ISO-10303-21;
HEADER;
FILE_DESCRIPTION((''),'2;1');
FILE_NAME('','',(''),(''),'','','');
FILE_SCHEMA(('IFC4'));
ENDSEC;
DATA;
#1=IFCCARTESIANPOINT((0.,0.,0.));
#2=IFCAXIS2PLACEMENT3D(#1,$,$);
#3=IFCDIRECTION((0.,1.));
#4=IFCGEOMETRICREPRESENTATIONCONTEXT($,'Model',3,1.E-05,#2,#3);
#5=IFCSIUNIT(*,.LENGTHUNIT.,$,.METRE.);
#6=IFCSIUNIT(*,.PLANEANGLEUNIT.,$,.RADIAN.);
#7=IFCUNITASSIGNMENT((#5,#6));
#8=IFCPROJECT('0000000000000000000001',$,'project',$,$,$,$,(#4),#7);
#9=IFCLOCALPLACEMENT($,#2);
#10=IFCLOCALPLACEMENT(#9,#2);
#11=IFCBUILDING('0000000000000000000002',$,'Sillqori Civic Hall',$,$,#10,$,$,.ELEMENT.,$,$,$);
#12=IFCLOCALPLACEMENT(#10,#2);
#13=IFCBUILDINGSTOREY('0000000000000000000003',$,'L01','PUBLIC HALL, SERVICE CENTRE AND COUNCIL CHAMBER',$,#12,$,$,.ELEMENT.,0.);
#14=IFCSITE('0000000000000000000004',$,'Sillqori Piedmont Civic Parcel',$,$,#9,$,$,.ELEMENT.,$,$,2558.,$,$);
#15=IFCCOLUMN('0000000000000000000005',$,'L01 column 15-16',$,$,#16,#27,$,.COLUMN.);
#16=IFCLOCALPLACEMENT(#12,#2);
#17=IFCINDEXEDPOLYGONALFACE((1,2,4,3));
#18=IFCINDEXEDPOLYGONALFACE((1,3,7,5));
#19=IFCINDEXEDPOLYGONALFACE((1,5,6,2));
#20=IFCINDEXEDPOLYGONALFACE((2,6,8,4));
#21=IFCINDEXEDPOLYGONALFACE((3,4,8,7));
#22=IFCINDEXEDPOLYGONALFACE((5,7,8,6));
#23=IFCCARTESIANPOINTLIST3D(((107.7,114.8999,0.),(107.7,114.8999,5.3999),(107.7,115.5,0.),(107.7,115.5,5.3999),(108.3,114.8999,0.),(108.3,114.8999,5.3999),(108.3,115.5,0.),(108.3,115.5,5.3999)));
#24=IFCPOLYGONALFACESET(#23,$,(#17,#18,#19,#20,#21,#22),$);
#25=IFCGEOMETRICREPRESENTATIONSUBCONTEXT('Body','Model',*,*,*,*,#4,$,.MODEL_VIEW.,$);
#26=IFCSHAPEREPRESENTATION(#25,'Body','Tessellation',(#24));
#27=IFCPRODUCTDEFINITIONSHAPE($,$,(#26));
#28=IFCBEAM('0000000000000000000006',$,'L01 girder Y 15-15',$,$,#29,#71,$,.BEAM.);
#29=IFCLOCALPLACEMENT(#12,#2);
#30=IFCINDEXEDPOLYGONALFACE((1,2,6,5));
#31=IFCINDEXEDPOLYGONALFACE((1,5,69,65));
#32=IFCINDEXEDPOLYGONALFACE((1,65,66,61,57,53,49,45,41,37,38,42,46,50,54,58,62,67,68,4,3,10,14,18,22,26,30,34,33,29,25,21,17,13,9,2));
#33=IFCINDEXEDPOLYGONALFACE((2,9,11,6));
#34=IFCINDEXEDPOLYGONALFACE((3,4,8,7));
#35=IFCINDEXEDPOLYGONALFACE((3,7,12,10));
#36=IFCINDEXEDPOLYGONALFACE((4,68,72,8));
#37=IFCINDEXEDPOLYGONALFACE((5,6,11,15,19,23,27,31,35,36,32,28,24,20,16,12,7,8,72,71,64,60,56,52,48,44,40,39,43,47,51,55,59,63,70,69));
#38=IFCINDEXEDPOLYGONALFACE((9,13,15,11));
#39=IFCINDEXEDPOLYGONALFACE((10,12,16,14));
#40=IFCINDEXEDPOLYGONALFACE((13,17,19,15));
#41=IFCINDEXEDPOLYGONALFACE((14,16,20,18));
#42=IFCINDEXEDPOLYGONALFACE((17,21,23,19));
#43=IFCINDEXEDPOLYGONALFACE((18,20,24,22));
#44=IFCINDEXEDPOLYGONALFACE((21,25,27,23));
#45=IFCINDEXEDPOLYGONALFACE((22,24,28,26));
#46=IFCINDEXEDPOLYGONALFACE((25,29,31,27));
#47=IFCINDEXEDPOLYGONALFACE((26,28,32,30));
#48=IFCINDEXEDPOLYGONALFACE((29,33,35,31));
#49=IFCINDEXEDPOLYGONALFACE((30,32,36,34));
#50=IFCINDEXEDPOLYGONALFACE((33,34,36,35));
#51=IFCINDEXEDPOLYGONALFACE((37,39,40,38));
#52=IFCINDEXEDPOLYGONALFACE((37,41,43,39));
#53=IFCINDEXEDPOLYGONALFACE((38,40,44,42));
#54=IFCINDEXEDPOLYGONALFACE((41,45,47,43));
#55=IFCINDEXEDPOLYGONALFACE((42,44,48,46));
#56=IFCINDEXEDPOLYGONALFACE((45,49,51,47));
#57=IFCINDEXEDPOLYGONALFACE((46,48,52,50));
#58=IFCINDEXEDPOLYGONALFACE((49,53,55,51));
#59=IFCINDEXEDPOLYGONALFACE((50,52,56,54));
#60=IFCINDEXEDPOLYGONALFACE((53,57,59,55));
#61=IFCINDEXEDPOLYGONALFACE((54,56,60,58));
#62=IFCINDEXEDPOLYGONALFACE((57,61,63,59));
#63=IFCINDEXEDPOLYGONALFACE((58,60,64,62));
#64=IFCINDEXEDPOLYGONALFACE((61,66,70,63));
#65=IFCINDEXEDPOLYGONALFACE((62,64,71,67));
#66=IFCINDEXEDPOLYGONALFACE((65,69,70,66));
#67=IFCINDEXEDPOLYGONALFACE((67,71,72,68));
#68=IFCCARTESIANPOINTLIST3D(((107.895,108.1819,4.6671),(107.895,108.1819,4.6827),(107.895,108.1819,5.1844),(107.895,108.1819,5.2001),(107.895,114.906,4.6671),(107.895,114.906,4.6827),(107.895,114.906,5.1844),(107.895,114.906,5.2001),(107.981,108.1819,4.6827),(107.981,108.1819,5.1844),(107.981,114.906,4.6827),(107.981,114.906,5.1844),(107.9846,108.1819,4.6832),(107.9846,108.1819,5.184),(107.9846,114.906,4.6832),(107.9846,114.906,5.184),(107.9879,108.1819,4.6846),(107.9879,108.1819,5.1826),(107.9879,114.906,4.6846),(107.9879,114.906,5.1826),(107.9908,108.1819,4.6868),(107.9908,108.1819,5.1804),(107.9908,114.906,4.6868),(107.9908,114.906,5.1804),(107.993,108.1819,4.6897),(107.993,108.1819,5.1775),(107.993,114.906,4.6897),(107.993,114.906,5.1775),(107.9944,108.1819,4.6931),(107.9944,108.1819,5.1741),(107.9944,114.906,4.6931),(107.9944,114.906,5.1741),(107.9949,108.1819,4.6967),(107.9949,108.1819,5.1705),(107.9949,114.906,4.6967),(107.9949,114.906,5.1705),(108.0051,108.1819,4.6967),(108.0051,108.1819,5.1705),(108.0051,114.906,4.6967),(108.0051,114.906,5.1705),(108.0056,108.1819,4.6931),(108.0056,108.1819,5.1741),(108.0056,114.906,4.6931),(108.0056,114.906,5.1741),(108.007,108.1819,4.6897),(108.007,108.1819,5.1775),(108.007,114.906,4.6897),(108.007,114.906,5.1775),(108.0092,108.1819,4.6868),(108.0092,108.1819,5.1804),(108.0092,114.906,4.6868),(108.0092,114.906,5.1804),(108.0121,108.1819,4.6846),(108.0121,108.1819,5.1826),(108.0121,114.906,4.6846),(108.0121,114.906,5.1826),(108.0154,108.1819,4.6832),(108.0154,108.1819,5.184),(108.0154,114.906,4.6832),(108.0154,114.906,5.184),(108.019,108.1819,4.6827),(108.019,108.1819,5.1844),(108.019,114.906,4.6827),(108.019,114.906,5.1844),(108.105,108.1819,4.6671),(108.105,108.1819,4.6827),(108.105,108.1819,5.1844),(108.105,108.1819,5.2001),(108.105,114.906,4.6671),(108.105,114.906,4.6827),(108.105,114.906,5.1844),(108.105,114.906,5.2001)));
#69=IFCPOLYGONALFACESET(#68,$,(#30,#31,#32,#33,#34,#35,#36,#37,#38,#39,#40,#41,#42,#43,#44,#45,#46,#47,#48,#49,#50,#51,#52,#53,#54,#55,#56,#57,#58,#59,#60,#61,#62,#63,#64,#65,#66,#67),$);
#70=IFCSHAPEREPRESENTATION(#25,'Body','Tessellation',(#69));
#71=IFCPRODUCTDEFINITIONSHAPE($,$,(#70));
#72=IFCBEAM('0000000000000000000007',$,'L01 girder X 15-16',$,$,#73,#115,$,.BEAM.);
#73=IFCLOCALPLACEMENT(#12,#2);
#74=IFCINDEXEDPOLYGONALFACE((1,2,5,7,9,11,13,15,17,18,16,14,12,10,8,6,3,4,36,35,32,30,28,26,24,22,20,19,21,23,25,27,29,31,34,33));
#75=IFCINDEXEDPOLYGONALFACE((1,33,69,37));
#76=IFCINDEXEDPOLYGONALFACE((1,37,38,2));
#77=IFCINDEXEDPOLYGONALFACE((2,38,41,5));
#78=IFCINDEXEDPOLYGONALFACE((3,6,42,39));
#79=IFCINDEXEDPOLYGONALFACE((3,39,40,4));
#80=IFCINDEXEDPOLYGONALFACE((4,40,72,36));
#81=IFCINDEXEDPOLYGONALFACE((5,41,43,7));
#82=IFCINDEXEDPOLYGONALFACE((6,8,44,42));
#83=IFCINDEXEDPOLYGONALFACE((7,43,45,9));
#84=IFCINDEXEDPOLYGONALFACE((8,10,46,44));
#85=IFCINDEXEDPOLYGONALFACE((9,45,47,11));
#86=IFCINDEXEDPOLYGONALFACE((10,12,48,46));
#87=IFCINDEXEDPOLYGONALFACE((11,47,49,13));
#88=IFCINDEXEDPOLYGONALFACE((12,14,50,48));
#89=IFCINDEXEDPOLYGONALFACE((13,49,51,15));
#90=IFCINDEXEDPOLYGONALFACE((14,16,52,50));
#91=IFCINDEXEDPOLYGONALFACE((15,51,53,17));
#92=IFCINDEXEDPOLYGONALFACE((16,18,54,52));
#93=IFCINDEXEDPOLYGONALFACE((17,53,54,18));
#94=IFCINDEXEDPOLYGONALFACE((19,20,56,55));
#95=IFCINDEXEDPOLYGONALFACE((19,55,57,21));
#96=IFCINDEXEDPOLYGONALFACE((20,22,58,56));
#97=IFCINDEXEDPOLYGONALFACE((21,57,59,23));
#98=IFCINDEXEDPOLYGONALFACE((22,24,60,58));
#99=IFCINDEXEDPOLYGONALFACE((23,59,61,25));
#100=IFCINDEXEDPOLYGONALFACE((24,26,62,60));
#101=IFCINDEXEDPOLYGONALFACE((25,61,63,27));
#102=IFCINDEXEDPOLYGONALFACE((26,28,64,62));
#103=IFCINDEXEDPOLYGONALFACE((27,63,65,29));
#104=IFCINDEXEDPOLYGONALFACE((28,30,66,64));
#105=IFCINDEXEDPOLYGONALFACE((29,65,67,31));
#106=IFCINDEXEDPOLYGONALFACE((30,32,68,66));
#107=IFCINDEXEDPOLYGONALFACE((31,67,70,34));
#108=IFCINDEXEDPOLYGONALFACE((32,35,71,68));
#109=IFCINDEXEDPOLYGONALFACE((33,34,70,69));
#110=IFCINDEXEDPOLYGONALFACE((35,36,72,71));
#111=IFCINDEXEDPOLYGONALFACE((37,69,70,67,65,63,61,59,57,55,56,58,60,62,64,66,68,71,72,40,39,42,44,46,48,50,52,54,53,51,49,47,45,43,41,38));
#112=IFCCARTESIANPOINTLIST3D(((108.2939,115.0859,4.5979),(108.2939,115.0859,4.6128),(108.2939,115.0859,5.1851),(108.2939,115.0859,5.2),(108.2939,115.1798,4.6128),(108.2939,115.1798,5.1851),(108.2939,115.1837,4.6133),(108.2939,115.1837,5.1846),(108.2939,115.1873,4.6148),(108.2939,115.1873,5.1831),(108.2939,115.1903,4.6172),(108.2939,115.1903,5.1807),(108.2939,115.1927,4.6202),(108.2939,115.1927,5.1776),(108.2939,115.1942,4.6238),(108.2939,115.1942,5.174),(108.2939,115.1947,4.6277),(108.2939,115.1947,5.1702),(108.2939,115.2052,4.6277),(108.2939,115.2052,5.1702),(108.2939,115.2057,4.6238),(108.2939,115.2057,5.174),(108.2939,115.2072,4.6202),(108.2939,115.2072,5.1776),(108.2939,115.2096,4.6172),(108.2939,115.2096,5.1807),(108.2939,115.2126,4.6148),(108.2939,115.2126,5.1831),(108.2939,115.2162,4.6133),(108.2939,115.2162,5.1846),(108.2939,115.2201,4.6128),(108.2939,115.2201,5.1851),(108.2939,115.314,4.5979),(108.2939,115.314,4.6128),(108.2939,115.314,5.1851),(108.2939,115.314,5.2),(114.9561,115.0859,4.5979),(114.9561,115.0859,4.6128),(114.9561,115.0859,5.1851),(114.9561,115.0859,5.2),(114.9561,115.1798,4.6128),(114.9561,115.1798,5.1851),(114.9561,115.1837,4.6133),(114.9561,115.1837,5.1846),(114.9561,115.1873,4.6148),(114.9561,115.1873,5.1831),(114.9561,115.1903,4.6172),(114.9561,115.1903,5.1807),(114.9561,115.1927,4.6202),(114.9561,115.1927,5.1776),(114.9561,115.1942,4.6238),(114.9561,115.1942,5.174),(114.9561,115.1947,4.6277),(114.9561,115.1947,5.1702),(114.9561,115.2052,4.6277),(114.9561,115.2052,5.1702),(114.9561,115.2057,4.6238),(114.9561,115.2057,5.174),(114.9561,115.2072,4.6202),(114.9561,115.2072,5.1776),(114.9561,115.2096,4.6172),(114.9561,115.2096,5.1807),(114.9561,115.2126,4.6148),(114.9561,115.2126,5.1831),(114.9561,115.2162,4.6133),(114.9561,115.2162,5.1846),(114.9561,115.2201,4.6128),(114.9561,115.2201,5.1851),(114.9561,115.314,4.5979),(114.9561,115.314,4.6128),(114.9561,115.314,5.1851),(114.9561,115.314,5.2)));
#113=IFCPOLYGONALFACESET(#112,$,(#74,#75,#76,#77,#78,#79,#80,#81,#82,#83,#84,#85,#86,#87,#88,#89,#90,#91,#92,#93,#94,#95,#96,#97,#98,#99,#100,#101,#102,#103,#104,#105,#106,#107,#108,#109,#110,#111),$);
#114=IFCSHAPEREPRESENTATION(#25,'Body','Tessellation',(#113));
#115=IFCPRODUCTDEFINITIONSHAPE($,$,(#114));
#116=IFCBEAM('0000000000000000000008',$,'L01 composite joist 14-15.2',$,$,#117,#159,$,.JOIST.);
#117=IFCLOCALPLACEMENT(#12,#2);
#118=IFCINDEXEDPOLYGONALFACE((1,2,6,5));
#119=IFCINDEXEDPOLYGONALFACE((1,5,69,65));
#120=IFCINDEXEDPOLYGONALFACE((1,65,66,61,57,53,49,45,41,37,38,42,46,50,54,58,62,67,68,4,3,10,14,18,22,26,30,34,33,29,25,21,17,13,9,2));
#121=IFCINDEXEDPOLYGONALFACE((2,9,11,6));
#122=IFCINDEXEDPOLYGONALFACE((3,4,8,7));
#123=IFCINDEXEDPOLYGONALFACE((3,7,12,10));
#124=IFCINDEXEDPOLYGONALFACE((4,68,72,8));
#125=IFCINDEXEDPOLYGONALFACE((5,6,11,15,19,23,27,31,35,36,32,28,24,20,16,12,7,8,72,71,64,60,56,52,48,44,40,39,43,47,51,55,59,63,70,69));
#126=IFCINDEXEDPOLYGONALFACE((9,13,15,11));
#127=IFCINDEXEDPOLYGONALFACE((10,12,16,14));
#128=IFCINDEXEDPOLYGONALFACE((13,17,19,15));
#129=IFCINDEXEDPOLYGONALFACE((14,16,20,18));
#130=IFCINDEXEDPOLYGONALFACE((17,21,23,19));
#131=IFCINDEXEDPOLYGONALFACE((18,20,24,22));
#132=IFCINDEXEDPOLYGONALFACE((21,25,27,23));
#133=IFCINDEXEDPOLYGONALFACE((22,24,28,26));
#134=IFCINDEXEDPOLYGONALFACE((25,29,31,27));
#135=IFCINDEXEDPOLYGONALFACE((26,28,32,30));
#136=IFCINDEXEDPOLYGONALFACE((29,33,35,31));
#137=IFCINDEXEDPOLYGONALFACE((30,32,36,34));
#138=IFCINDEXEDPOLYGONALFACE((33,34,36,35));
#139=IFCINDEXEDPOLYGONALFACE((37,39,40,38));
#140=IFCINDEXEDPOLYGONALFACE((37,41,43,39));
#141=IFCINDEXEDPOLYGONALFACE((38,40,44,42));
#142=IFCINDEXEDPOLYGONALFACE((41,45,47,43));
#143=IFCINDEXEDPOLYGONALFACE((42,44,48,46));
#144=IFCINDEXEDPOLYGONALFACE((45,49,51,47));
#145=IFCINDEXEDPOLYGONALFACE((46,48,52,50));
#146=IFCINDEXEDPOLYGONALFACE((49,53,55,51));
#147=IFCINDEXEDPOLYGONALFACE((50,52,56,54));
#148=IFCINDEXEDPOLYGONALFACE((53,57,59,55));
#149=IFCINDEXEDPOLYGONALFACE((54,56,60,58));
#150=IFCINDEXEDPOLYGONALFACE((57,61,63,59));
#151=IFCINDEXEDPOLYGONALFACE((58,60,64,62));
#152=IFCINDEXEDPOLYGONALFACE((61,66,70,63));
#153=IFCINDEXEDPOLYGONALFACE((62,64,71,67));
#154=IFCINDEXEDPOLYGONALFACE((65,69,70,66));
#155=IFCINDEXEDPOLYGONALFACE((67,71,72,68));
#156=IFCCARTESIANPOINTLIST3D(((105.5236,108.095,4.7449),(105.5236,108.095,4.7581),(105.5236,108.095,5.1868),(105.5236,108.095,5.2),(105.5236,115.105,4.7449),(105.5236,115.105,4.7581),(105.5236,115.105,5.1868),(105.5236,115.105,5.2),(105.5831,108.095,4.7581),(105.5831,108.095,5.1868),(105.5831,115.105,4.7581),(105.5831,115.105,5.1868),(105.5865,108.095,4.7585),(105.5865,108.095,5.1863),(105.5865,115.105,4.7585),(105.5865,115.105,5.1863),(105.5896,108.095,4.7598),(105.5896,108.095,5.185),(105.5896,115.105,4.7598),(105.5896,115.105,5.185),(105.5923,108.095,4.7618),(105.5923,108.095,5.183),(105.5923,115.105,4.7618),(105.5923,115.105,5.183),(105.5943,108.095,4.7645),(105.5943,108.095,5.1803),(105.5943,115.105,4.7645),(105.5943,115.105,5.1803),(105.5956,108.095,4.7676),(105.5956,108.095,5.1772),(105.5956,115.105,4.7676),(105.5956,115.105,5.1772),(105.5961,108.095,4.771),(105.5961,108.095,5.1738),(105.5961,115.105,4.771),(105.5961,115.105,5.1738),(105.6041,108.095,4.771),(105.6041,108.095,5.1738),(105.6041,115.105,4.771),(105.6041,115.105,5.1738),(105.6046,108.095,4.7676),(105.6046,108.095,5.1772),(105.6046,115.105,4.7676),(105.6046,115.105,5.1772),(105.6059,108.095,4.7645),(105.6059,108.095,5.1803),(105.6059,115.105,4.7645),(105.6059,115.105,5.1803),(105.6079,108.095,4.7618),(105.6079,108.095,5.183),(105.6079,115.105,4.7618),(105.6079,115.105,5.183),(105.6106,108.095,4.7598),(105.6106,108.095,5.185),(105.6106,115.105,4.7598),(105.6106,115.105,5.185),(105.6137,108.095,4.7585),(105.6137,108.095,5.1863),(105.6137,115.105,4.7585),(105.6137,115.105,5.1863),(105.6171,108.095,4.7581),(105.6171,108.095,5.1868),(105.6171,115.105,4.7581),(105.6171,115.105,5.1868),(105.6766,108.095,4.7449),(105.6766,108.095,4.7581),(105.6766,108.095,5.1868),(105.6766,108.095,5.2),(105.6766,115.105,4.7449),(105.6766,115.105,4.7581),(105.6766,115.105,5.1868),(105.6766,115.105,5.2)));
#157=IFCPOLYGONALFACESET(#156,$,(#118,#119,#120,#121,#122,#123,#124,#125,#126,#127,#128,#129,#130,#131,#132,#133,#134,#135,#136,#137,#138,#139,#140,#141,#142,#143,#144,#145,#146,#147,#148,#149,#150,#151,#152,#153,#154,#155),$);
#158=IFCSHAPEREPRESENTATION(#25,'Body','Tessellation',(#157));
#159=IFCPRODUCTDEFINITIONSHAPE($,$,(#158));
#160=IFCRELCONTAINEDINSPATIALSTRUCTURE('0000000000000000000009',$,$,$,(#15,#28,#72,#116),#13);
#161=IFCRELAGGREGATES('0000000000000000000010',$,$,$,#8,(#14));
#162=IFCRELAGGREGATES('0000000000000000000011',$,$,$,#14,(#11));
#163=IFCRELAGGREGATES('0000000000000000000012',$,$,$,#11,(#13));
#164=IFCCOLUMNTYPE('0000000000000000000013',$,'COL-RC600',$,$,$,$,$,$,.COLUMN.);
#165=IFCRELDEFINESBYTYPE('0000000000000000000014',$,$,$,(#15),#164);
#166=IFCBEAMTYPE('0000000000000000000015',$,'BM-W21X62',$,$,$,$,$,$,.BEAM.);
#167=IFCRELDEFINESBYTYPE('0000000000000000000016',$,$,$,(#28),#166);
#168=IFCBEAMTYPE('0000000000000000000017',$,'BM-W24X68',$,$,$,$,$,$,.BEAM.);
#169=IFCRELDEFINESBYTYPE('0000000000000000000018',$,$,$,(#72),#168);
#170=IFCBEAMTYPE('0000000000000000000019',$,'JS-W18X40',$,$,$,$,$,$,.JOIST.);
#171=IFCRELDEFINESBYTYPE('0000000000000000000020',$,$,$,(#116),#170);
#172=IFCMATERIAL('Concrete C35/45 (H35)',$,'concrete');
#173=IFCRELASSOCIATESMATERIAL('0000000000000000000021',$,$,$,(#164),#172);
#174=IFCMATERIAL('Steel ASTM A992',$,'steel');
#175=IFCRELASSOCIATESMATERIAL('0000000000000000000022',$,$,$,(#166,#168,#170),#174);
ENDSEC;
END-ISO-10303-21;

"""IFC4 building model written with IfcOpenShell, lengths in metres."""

from ifc_helpers import new_model, si_unit, direction, frame, origin, origin_2d, place, context, subcontext, project, spatial, rectangle, i_section, extrude, material, material_profile, profile_set, type_object, element, save


model = new_model("IFC4")

# Units and contexts
model_context = context("Model", 3, precision=1e-05, world=origin(), true_north=direction((0.0, 1.0)))
body_context = subcontext(model_context, "Body", "Model", "MODEL_VIEW")
ifc_project = project(units=[si_unit("LENGTHUNIT", "METRE"), si_unit("PLANEANGLEUNIT", "RADIAN")], contexts=[model_context])

# Site, building, storey
site_placement = place(None, origin())
site = spatial("IfcSite", under=ifc_project, at=site_placement, Name="Sillqori Piedmont Civic Parcel", CompositionType="ELEMENT", RefElevation=2558.0)
building_placement = place(site_placement, origin())
building = spatial("IfcBuilding", under=site, at=building_placement, Name="Sillqori Civic Hall", CompositionType="ELEMENT")
storey_placement = place(building_placement, origin())
storey = spatial("IfcBuildingStorey", under=building, at=storey_placement, Name="L01", Description="PUBLIC HALL, SERVICE CENTRE AND COUNCIL CHAMBER", CompositionType="ELEMENT", Elevation=0.0)

# Column
ifc_material_1 = material(Name="Concrete C35/45 (H35)", Category="concrete")
ifc_material_profile_1 = material_profile(ifc_material_1, rectangle(XDim=0.6001, YDim=0.6001, at=origin_2d()), Name="RC 600x600")
ifc_profile_set_1 = profile_set([ifc_material_profile_1], Name="Concrete C35/45 (H35)")
column_type = type_object("IfcColumnType", Name="COL-RC600", PredefinedType="COLUMN", material=ifc_profile_set_1)
column_placement = place(storey_placement, frame((108.0, 115.2, 0.0), z_axis=(0.0, 0.0, 1.0), x_axis=(1.0, 0.0, 0.0)))
element("IfcColumn", 1, at=column_placement, inside=storey, type_object=column_type, Name="L01 column 15-16", PredefinedType="COLUMN", context=body_context, shape_type="SweptSolid", body=[
    extrude(rectangle(XDim=0.6001, YDim=0.6001, at=origin_2d()), origin(), (0.0, 0.0, 1.0), 5.3999),
])

# Beams
ifc_material_2 = material(Name="Steel ASTM A992", Category="steel")
ifc_material_profile_2 = material_profile(ifc_material_2, i_section(OverallWidth=0.21, OverallDepth=0.533, WebThickness=0.0103, FlangeThickness=0.0156, FilletRadius=0.0139, at=origin_2d()), Name="W21X62")
ifc_profile_set_2 = profile_set([ifc_material_profile_2], Name="Steel ASTM A992")
beam_type_1 = type_object("IfcBeamType", Name="BM-W21X62", PredefinedType="BEAM", material=ifc_profile_set_2)
beam_1_placement = place(storey_placement, frame((108.0, 108.1819, 4.9336), z_axis=(0.0, 1.0, 0.0), x_axis=(-1.0, 0.0, 0.0)))
element("IfcBeam", 2, at=beam_1_placement, inside=storey, type_object=beam_type_1, Name="L01 girder Y 15-15", PredefinedType="BEAM", context=body_context, shape_type="SweptSolid", body=[
    extrude(i_section(OverallWidth=0.21, OverallDepth=0.533, WebThickness=0.0103, FlangeThickness=0.0156, FilletRadius=0.0139, at=origin_2d()), origin(), (0.0, 0.0, 1.0), 6.7241),
])
ifc_material_profile_3 = material_profile(ifc_material_2, i_section(OverallWidth=0.228, OverallDepth=0.6021, WebThickness=0.0105, FlangeThickness=0.0149, FilletRadius=0.0149, at=origin_2d()), Name="W24X68")
ifc_profile_set_3 = profile_set([ifc_material_profile_3], Name="Steel ASTM A992")
beam_type_2 = type_object("IfcBeamType", Name="BM-W24X68", PredefinedType="BEAM", material=ifc_profile_set_3)
beam_2_placement = place(storey_placement, frame((108.2939, 115.2, 4.8989), z_axis=(1.0, 0.0, 0.0), x_axis=(0.0, 1.0, 0.0)))
element("IfcBeam", 3, at=beam_2_placement, inside=storey, type_object=beam_type_2, Name="L01 girder X 15-16", PredefinedType="BEAM", context=body_context, shape_type="SweptSolid", body=[
    extrude(i_section(OverallWidth=0.228, OverallDepth=0.6021, WebThickness=0.0105, FlangeThickness=0.0149, FilletRadius=0.0149, at=origin_2d()), origin(), (0.0, 0.0, 1.0), 6.6621),
])

# Beam
ifc_material_profile_4 = material_profile(ifc_material_2, i_section(OverallWidth=0.1531, OverallDepth=0.4551, WebThickness=0.0081, FlangeThickness=0.0132, FilletRadius=0.0129, at=origin_2d()), Name="W18X40")
ifc_profile_set_4 = profile_set([ifc_material_profile_4], Name="Steel ASTM A992")
beam_type_3 = type_object("IfcBeamType", Name="JS-W18X40", PredefinedType="JOIST", material=ifc_profile_set_4)
for number, where, z_axis, x_axis, name in (
    (4, (105.6001, 108.095, 4.9724), (0.0, 1.0, 0.0), (-1.0, 0.0, 0.0), "L01 composite joist 14-15.2"),
):
    element("IfcBeam", number, at=place(storey_placement, frame(where, z_axis=z_axis, x_axis=x_axis)), inside=storey, type_object=beam_type_3, Name=name, PredefinedType="JOIST", context=body_context, shape_type="SweptSolid", body=[
        extrude(i_section(OverallWidth=0.1531, OverallDepth=0.4551, WebThickness=0.0081, FlangeThickness=0.0132, FilletRadius=0.0129, at=origin_2d()), origin(), (0.0, 0.0, 1.0), 7.01),
    ])

save(model, "model.ifc")
